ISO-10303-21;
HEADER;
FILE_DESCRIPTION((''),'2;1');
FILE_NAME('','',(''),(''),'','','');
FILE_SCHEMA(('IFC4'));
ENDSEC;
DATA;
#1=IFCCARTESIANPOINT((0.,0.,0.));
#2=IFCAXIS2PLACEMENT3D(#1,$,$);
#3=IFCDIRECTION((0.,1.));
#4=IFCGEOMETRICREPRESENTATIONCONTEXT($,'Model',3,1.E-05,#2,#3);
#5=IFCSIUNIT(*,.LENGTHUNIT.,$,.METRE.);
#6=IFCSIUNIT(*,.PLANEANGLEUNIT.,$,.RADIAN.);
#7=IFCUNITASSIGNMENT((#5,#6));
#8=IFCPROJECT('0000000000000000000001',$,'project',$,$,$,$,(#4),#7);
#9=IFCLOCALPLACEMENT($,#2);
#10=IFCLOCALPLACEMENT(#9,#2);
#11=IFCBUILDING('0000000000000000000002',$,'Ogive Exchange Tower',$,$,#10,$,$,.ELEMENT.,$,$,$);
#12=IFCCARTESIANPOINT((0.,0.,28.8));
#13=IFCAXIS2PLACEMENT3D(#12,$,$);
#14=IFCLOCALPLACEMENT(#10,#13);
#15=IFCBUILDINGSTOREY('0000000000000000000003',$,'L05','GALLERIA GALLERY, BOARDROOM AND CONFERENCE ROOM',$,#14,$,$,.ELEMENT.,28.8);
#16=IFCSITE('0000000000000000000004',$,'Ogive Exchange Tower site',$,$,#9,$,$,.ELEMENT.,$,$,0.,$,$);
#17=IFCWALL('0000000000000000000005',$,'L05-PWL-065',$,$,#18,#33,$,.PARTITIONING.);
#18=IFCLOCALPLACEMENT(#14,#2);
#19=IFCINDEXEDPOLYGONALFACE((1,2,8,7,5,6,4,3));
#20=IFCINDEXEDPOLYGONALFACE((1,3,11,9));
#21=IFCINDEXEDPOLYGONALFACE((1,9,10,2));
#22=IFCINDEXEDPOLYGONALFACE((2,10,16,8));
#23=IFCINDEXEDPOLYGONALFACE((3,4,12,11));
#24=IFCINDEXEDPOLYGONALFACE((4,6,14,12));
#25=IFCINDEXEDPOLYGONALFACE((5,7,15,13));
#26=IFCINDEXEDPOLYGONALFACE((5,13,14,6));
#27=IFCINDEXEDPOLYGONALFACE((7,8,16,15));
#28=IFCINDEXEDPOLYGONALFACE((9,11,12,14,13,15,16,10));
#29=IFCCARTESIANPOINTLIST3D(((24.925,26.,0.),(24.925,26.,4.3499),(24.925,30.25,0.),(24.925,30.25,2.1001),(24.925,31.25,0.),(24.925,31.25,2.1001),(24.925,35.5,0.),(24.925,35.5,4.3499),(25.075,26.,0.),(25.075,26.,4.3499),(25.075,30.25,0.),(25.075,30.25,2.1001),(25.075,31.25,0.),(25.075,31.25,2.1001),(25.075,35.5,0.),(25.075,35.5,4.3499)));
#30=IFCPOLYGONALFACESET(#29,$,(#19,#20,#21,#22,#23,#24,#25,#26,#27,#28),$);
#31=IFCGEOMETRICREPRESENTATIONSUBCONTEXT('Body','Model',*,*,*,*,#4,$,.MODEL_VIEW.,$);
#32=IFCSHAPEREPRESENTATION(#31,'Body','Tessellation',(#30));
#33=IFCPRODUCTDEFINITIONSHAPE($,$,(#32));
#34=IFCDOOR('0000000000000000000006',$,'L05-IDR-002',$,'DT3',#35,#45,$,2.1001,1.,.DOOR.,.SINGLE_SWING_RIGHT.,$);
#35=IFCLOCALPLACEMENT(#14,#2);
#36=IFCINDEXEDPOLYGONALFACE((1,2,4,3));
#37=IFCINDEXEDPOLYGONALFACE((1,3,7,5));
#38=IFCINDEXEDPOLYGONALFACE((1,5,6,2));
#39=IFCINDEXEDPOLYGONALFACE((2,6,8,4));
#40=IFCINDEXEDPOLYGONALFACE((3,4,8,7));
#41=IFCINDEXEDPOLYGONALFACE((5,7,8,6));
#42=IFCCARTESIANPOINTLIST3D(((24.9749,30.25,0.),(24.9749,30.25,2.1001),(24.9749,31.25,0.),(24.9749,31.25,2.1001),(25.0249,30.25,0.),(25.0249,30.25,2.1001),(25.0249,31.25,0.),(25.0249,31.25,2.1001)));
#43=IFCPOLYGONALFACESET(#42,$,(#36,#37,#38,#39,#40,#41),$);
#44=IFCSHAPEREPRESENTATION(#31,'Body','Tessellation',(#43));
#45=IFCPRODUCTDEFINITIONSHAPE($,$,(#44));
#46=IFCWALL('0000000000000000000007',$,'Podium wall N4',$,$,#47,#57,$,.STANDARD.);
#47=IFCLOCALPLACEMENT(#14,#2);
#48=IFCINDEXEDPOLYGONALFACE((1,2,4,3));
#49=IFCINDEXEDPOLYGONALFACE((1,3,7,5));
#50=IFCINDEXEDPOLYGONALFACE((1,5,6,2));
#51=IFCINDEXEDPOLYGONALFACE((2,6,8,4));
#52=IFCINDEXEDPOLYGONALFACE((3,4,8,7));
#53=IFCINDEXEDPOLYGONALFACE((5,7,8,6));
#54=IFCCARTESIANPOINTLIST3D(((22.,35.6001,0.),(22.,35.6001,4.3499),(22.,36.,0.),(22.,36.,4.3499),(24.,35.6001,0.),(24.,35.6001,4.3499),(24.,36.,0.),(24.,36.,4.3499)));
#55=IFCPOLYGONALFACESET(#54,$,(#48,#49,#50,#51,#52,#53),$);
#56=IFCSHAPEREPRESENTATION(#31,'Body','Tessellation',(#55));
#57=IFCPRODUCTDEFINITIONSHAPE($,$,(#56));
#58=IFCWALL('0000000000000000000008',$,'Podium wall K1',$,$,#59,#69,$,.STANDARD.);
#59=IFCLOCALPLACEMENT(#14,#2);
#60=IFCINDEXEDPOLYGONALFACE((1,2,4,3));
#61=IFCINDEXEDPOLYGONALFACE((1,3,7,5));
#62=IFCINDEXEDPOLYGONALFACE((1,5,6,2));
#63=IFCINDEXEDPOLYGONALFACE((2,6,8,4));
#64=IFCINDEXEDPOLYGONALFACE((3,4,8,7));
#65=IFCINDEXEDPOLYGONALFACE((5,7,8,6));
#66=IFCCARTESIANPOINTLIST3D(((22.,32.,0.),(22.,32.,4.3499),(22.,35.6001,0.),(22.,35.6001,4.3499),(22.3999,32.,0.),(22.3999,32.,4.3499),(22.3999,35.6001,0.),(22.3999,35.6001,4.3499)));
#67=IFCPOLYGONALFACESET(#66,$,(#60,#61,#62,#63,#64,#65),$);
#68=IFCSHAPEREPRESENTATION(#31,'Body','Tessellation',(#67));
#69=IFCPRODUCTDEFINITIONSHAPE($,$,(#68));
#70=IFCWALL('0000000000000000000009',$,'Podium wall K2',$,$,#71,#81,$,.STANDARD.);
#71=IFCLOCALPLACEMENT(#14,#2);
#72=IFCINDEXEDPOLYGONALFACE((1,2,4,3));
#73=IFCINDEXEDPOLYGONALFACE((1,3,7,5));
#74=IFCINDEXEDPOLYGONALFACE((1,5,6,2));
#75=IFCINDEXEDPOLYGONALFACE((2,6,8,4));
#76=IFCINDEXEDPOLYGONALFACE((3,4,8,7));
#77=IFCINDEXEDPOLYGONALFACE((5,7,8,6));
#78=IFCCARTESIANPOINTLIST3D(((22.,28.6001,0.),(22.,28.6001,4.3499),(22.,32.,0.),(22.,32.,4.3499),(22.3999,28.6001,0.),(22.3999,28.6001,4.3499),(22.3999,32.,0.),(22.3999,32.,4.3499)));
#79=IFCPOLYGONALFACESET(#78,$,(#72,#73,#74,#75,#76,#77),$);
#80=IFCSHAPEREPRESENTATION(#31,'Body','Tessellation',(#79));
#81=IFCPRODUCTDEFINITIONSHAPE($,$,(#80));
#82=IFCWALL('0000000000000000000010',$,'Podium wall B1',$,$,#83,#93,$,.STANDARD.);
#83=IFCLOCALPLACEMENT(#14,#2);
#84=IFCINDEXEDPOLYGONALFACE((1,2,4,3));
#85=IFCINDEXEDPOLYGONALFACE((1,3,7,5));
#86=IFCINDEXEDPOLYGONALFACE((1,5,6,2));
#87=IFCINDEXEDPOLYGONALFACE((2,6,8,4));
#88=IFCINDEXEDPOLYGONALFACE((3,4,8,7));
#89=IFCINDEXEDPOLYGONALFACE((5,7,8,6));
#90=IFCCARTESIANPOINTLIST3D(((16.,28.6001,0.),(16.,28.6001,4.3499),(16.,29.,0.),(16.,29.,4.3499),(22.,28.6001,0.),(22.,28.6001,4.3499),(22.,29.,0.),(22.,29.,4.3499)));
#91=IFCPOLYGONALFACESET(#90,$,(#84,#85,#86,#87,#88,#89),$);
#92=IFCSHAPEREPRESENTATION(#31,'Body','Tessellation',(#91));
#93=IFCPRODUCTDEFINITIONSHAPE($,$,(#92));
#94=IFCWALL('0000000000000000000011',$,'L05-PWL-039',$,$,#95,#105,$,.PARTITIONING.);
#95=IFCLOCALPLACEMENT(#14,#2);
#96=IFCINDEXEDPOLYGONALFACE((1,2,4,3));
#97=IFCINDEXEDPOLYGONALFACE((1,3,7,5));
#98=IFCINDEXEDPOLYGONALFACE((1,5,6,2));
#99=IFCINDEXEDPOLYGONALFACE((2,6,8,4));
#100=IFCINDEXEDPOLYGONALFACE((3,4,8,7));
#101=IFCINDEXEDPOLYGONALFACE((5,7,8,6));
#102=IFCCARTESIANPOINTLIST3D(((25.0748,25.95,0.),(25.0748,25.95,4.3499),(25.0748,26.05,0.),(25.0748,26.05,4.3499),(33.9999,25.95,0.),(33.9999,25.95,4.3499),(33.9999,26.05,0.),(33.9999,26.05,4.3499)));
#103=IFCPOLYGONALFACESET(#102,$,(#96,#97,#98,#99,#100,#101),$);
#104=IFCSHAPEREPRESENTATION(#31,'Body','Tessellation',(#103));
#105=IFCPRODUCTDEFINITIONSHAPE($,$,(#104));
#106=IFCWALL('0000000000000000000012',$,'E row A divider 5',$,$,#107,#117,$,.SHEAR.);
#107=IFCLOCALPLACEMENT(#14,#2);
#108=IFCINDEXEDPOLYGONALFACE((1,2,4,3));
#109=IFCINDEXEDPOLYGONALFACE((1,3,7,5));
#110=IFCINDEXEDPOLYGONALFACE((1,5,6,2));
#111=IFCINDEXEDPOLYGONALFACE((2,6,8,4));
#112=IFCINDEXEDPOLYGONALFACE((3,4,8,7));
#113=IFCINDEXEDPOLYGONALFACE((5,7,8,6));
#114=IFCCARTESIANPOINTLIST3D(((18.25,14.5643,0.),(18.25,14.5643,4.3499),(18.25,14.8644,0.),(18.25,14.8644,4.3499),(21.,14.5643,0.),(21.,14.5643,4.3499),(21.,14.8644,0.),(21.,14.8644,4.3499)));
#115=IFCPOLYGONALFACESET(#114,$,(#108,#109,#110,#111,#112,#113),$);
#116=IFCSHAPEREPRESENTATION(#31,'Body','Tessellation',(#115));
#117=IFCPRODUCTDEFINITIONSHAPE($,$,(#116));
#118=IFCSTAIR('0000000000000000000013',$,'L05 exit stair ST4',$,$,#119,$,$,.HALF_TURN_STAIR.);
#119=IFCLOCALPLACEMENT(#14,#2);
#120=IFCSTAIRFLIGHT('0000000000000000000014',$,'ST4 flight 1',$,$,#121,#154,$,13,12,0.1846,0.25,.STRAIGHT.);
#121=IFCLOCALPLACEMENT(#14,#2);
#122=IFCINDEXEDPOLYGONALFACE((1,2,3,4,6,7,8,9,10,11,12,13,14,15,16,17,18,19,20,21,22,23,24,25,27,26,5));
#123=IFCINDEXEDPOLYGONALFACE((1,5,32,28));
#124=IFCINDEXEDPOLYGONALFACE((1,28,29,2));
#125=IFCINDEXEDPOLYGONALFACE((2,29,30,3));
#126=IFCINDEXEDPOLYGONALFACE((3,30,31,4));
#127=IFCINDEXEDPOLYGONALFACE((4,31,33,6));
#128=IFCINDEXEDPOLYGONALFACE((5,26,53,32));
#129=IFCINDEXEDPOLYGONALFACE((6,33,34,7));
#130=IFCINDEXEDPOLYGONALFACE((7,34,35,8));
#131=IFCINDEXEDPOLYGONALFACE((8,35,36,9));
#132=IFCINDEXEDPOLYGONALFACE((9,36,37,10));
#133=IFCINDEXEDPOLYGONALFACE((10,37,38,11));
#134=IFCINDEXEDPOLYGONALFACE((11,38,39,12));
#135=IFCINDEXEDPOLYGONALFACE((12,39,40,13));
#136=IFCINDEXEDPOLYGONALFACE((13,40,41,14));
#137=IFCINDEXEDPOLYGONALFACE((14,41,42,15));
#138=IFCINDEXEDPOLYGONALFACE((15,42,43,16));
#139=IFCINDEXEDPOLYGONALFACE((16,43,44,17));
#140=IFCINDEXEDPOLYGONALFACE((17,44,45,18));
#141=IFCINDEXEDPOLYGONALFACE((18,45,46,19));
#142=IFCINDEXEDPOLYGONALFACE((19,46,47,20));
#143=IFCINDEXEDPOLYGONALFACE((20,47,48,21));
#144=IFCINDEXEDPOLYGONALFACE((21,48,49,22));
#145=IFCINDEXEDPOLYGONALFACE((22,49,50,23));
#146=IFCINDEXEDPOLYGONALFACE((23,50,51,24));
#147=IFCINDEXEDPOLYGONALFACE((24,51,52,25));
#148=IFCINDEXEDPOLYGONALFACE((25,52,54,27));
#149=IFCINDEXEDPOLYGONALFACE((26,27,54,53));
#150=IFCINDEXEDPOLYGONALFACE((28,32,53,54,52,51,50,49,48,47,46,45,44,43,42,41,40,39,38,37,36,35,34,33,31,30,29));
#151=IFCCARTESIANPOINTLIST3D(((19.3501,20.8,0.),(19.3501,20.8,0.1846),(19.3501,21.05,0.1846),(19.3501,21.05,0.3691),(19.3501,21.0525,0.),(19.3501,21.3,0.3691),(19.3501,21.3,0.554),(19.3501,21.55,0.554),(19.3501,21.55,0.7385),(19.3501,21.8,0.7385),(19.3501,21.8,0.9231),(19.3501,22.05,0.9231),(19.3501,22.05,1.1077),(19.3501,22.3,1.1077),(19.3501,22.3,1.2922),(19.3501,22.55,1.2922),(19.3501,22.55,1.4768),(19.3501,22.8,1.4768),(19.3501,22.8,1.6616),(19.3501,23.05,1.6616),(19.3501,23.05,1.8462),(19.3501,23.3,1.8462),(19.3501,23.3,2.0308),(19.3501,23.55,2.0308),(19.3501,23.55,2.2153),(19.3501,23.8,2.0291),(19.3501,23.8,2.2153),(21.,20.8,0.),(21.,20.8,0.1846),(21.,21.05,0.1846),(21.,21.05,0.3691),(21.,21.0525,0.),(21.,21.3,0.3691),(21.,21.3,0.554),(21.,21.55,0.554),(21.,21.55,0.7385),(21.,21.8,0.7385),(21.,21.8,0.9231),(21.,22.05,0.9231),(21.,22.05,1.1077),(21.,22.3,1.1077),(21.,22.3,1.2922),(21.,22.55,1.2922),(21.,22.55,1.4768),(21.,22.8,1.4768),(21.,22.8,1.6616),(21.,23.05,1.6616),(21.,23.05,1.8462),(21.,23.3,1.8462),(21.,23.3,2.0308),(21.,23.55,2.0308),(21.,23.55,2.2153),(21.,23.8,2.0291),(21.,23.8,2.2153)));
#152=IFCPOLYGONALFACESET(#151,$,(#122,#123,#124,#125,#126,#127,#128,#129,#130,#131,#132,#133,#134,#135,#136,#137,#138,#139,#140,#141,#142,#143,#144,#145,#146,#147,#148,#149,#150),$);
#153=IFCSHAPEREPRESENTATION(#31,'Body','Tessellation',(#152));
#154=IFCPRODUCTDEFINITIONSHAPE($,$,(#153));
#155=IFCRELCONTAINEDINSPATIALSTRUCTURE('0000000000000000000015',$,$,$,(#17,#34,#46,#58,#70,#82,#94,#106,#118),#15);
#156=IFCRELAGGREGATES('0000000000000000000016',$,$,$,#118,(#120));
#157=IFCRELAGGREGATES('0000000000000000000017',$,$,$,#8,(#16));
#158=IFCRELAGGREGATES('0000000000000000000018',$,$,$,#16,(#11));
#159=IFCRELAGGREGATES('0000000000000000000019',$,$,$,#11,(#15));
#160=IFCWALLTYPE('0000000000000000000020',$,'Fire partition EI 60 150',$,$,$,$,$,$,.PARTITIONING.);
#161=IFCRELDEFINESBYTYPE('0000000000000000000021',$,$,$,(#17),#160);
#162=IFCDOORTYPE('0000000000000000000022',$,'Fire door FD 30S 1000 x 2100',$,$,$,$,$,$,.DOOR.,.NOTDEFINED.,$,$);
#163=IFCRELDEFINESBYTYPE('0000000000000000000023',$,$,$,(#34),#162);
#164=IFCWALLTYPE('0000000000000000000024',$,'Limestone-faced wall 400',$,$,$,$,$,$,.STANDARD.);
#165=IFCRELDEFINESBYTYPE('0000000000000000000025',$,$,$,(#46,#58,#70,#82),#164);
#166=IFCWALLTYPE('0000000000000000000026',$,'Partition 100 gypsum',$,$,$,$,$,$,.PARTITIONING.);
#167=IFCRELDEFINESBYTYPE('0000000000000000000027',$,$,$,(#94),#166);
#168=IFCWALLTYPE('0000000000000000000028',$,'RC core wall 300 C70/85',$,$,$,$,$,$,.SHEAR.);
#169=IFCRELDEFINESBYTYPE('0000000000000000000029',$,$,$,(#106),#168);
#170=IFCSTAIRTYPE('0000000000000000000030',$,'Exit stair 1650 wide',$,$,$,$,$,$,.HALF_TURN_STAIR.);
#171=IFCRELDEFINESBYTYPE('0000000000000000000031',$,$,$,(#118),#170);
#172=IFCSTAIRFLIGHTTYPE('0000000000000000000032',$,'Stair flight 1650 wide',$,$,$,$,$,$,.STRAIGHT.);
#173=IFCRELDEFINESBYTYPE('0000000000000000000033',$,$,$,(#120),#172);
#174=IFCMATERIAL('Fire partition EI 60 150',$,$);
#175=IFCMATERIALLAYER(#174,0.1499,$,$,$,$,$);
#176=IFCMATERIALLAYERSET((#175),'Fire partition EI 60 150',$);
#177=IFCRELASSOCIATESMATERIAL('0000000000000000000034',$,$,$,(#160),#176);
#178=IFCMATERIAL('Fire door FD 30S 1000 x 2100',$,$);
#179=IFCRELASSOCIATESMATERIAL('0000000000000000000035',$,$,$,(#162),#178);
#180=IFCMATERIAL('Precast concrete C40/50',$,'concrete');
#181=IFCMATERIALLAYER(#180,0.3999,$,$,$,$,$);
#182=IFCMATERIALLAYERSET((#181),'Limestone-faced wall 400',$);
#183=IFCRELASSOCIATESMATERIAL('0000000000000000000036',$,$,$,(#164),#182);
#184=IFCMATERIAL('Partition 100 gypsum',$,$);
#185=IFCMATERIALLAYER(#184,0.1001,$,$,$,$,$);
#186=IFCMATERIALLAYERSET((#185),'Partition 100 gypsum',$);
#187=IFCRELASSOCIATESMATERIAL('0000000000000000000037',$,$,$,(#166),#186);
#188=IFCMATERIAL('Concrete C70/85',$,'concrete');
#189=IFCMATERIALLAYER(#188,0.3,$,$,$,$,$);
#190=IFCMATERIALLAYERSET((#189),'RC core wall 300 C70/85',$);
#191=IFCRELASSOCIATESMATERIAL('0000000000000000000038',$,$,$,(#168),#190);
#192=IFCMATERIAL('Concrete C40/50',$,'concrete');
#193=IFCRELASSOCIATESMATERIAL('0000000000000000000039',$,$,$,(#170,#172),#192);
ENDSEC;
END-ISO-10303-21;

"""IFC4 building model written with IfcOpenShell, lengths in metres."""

from ifc_helpers import new_model, si_unit, direction, frame, frame_2d, origin, place, context, subcontext, project, spatial, polyline, rectangle, outline, extrude, material, layer, layer_set, type_object, element, fill, aggregate, save


model = new_model("IFC4")

# Units and contexts
model_context = context("Model", 3, precision=1e-05, world=origin(), true_north=direction((0.0, 1.0)))
body_context = subcontext(model_context, "Body", "Model", "MODEL_VIEW")
ifc_project = project(units=[si_unit("LENGTHUNIT", "METRE"), si_unit("PLANEANGLEUNIT", "RADIAN")], contexts=[model_context])

# Site, building, storey
site_placement = place(None, origin())
site = spatial("IfcSite", under=ifc_project, at=site_placement, Name="Ogive Exchange Tower site", CompositionType="ELEMENT", RefElevation=0.0)
building_placement = place(site_placement, origin())
building = spatial("IfcBuilding", under=site, at=building_placement, Name="Ogive Exchange Tower", CompositionType="ELEMENT")
storey_placement = place(building_placement, frame((0.0, 0.0, 28.8)))
storey = spatial("IfcBuildingStorey", under=building, at=storey_placement, Name="L05", Description="GALLERIA GALLERY, BOARDROOM AND CONFERENCE ROOM", CompositionType="ELEMENT", Elevation=28.8)

# Shared definitions
ifc_material_1 = material(Name="Concrete C70/85", Category="concrete")

# Wall, opening, door
ifc_material_2 = material(Name="Fire partition EI 60 150")
ifc_layer_1 = layer(ifc_material_2, 0.1499)
ifc_layer_set_1 = layer_set([ifc_layer_1], Name="Fire partition EI 60 150")
wall_type_1 = type_object("IfcWallType", Name="Fire partition EI 60 150", PredefinedType="PARTITIONING", material=ifc_layer_set_1)
wall_1_placement = place(storey_placement, frame((25.0, 26.0, 0.0), z_axis=(0.0, 0.0, 1.0), x_axis=(0.0, 1.0, 0.0)))
wall_1 = element("IfcWall", 1, at=wall_1_placement, inside=storey, type_object=wall_type_1, Name="L05-PWL-065", PredefinedType="PARTITIONING", context=body_context, shape_type="SweptSolid", body=[
    extrude(rectangle(XDim=9.5, YDim=0.1499, at=frame_2d((4.75, 0.0))), origin(), (0.0, 0.0, 1.0), 4.3499),
])
opening_placement = place(wall_1_placement, frame((4.25, 0.0, 0.0)))
opening = element("IfcOpeningElement", 2, at=opening_placement, cuts=wall_1, PredefinedType="OPENING", context=body_context, shape_type="SweptSolid", body=[
    extrude(rectangle(XDim=1.0, YDim=2.1001, at=frame_2d((0.5, 1.05))), frame((0.0, 0.085, 0.0), z_axis=(0.0, -1.0, 0.0), x_axis=(1.0, 0.0, 0.0)), (0.0, 0.0, 1.0), 0.1699),
])
ifc_material_3 = material(Name="Fire door FD 30S 1000 x 2100")
door_type = type_object("IfcDoorType", Name="Fire door FD 30S 1000 x 2100", OperationType="NOTDEFINED", PredefinedType="DOOR", material=ifc_material_3)
door_placement = place(opening_placement, frame((1.0, 0.0, 0.0), z_axis=(0.0, 0.0, 1.0), x_axis=(-1.0, 0.0, 0.0)))
door = element("IfcDoor", 3, at=door_placement, inside=storey, type_object=door_type, Name="L05-IDR-002", ObjectType="DT3", OperationType="SINGLE_SWING_RIGHT", OverallHeight=2.1001, OverallWidth=1.0, PredefinedType="DOOR", context=body_context, shape_type="SweptSolid", body=[
    extrude(rectangle(XDim=1.0, YDim=2.1001, at=frame_2d((0.5, 1.05))), frame((0.0, 0.0249, 0.0), z_axis=(0.0, -1.0, 0.0), x_axis=(1.0, 0.0, 0.0)), (0.0, 0.0, 1.0), 0.05),
])
fill(opening, door)

# Walls
ifc_material_4 = material(Name="Precast concrete C40/50", Category="concrete")
ifc_layer_2 = layer(ifc_material_4, 0.3999)
ifc_layer_set_2 = layer_set([ifc_layer_2], Name="Limestone-faced wall 400")
wall_type_2 = type_object("IfcWallType", Name="Limestone-faced wall 400", PredefinedType="STANDARD", material=ifc_layer_set_2)
wall_2_placement = place(storey_placement, frame((24.0, 35.8, 0.0), z_axis=(0.0, 0.0, 1.0), x_axis=(-1.0, 0.0, 0.0)))
element("IfcWall", 4, at=wall_2_placement, inside=storey, type_object=wall_type_2, Name="Podium wall N4", PredefinedType="STANDARD", context=body_context, shape_type="SweptSolid", body=[
    extrude(rectangle(XDim=2.0, YDim=0.3999, at=frame_2d((1.0, 0.0))), origin(), (0.0, 0.0, 1.0), 4.3499),
])
wall_3_placement = place(storey_placement, frame((22.2, 35.6001, 0.0), z_axis=(0.0, 0.0, 1.0), x_axis=(0.0, -1.0, 0.0)))
element("IfcWall", 5, at=wall_3_placement, inside=storey, type_object=wall_type_2, Name="Podium wall K1", PredefinedType="STANDARD", context=body_context, shape_type="SweptSolid", body=[
    extrude(rectangle(XDim=3.6001, YDim=0.3999, at=frame_2d((1.8, 0.0))), origin(), (0.0, 0.0, 1.0), 4.3499),
])
wall_4_placement = place(storey_placement, frame((22.2, 32.0, 0.0), z_axis=(0.0, 0.0, 1.0), x_axis=(0.0, -1.0, 0.0)))
element("IfcWall", 6, at=wall_4_placement, inside=storey, type_object=wall_type_2, Name="Podium wall K2", PredefinedType="STANDARD", context=body_context, shape_type="SweptSolid", body=[
    extrude(rectangle(XDim=3.3999, YDim=0.3999, at=frame_2d((1.7, 0.0))), origin(), (0.0, 0.0, 1.0), 4.3499),
])
wall_5_placement = place(storey_placement, frame((22.0, 28.8, 0.0), z_axis=(0.0, 0.0, 1.0), x_axis=(-1.0, 0.0, 0.0)))
element("IfcWall", 7, at=wall_5_placement, inside=storey, type_object=wall_type_2, Name="Podium wall B1", PredefinedType="STANDARD", context=body_context, shape_type="SweptSolid", body=[
    extrude(rectangle(XDim=6.0, YDim=0.3999, at=frame_2d((3.0, 0.0))), origin(), (0.0, 0.0, 1.0), 4.3499),
])
ifc_material_5 = material(Name="Partition 100 gypsum")
ifc_layer_3 = layer(ifc_material_5, 0.1001)
ifc_layer_set_3 = layer_set([ifc_layer_3], Name="Partition 100 gypsum")
wall_type_3 = type_object("IfcWallType", Name="Partition 100 gypsum", PredefinedType="PARTITIONING", material=ifc_layer_set_3)
wall_6_placement = place(storey_placement, frame((25.075, 26.0, 0.0), z_axis=(0.0, 0.0, 1.0), x_axis=(1.0, 0.0, 0.0)))
element("IfcWall", 8, at=wall_6_placement, inside=storey, type_object=wall_type_3, Name="L05-PWL-039", PredefinedType="PARTITIONING", context=body_context, shape_type="SweptSolid", body=[
    extrude(rectangle(XDim=8.925, YDim=0.1001, at=frame_2d((4.4624, 0.0))), origin(), (0.0, 0.0, 1.0), 4.3499),
])
ifc_layer_4 = layer(ifc_material_1, 0.3)
ifc_layer_set_4 = layer_set([ifc_layer_4], Name="RC core wall 300 C70/85")
wall_type_4 = type_object("IfcWallType", Name="RC core wall 300 C70/85", PredefinedType="SHEAR", material=ifc_layer_set_4)
wall_7_placement = place(storey_placement, frame((18.25, 14.7144, 0.0), z_axis=(0.0, 0.0, 1.0), x_axis=(1.0, 0.0, 0.0)))
element("IfcWall", 9, at=wall_7_placement, inside=storey, type_object=wall_type_4, Name="E row A divider 5", PredefinedType="SHEAR", context=body_context, shape_type="SweptSolid", body=[
    extrude(rectangle(XDim=2.75, YDim=0.3, at=frame_2d((1.375, 0.0))), origin(), (0.0, 0.0, 1.0), 4.3499),
])

# Stair, stair flight
ifc_material_6 = material(Name="Concrete C40/50", Category="concrete")
stair_type = type_object("IfcStairType", Name="Exit stair 1650 wide", PredefinedType="HALF_TURN_STAIR", material=ifc_material_6)
stair_placement = place(storey_placement, origin())
stair = element("IfcStair", 10, at=stair_placement, inside=storey, type_object=stair_type, Name="L05 exit stair ST4", PredefinedType="HALF_TURN_STAIR")
stair_flight_type = type_object("IfcStairFlightType", Name="Stair flight 1650 wide", PredefinedType="STRAIGHT", material=ifc_material_6)
stair_flight_1_placement = place(storey_placement, frame((20.175, 20.8, 0.0), z_axis=(0.0, 0.0, 1.0), x_axis=(0.0, 1.0, 0.0)))
stair_flight_1 = element("IfcStairFlight", 11, at=stair_flight_1_placement, type_object=stair_flight_type, Name="ST4 flight 1", NumberOfRisers=13, NumberOfTreads=12, PredefinedType="STRAIGHT", RiserHeight=0.1846, TreadLength=0.25, context=body_context, shape_type="SweptSolid", body=[
    extrude(outline(polyline([(0.0, 0.0), (0.0, 0.1846), (0.25, 0.1846), (0.25, 0.3691), (0.5, 0.3691), (0.5, 0.554), (0.75, 0.554), (0.75, 0.7385), (1.0, 0.7385), (1.0, 0.9231), (1.25, 0.9231), (1.25, 1.1077), (1.5, 1.1077), (1.5, 1.2922), (1.75, 1.2922), (1.75, 1.4768), (2.0, 1.4768), (2.0, 1.6616), (2.25, 1.6616), (2.25, 1.8462), (2.5, 1.8462), (2.5, 2.0308), (2.75, 2.0308), (2.75, 2.2153), (3.0, 2.2153), (3.0, 2.3999), (3.0, 2.0291), (0.2524, 0.0), (0.0, 0.0)])), frame((0.0, 0.825, 0.0), z_axis=(0.0, -1.0, 0.0), x_axis=(1.0, 0.0, 0.0)), (0.0, 0.0, 1.0), 1.6499),
])
aggregate(stair, [stair_flight_1])

save(model, "model.ifc")
